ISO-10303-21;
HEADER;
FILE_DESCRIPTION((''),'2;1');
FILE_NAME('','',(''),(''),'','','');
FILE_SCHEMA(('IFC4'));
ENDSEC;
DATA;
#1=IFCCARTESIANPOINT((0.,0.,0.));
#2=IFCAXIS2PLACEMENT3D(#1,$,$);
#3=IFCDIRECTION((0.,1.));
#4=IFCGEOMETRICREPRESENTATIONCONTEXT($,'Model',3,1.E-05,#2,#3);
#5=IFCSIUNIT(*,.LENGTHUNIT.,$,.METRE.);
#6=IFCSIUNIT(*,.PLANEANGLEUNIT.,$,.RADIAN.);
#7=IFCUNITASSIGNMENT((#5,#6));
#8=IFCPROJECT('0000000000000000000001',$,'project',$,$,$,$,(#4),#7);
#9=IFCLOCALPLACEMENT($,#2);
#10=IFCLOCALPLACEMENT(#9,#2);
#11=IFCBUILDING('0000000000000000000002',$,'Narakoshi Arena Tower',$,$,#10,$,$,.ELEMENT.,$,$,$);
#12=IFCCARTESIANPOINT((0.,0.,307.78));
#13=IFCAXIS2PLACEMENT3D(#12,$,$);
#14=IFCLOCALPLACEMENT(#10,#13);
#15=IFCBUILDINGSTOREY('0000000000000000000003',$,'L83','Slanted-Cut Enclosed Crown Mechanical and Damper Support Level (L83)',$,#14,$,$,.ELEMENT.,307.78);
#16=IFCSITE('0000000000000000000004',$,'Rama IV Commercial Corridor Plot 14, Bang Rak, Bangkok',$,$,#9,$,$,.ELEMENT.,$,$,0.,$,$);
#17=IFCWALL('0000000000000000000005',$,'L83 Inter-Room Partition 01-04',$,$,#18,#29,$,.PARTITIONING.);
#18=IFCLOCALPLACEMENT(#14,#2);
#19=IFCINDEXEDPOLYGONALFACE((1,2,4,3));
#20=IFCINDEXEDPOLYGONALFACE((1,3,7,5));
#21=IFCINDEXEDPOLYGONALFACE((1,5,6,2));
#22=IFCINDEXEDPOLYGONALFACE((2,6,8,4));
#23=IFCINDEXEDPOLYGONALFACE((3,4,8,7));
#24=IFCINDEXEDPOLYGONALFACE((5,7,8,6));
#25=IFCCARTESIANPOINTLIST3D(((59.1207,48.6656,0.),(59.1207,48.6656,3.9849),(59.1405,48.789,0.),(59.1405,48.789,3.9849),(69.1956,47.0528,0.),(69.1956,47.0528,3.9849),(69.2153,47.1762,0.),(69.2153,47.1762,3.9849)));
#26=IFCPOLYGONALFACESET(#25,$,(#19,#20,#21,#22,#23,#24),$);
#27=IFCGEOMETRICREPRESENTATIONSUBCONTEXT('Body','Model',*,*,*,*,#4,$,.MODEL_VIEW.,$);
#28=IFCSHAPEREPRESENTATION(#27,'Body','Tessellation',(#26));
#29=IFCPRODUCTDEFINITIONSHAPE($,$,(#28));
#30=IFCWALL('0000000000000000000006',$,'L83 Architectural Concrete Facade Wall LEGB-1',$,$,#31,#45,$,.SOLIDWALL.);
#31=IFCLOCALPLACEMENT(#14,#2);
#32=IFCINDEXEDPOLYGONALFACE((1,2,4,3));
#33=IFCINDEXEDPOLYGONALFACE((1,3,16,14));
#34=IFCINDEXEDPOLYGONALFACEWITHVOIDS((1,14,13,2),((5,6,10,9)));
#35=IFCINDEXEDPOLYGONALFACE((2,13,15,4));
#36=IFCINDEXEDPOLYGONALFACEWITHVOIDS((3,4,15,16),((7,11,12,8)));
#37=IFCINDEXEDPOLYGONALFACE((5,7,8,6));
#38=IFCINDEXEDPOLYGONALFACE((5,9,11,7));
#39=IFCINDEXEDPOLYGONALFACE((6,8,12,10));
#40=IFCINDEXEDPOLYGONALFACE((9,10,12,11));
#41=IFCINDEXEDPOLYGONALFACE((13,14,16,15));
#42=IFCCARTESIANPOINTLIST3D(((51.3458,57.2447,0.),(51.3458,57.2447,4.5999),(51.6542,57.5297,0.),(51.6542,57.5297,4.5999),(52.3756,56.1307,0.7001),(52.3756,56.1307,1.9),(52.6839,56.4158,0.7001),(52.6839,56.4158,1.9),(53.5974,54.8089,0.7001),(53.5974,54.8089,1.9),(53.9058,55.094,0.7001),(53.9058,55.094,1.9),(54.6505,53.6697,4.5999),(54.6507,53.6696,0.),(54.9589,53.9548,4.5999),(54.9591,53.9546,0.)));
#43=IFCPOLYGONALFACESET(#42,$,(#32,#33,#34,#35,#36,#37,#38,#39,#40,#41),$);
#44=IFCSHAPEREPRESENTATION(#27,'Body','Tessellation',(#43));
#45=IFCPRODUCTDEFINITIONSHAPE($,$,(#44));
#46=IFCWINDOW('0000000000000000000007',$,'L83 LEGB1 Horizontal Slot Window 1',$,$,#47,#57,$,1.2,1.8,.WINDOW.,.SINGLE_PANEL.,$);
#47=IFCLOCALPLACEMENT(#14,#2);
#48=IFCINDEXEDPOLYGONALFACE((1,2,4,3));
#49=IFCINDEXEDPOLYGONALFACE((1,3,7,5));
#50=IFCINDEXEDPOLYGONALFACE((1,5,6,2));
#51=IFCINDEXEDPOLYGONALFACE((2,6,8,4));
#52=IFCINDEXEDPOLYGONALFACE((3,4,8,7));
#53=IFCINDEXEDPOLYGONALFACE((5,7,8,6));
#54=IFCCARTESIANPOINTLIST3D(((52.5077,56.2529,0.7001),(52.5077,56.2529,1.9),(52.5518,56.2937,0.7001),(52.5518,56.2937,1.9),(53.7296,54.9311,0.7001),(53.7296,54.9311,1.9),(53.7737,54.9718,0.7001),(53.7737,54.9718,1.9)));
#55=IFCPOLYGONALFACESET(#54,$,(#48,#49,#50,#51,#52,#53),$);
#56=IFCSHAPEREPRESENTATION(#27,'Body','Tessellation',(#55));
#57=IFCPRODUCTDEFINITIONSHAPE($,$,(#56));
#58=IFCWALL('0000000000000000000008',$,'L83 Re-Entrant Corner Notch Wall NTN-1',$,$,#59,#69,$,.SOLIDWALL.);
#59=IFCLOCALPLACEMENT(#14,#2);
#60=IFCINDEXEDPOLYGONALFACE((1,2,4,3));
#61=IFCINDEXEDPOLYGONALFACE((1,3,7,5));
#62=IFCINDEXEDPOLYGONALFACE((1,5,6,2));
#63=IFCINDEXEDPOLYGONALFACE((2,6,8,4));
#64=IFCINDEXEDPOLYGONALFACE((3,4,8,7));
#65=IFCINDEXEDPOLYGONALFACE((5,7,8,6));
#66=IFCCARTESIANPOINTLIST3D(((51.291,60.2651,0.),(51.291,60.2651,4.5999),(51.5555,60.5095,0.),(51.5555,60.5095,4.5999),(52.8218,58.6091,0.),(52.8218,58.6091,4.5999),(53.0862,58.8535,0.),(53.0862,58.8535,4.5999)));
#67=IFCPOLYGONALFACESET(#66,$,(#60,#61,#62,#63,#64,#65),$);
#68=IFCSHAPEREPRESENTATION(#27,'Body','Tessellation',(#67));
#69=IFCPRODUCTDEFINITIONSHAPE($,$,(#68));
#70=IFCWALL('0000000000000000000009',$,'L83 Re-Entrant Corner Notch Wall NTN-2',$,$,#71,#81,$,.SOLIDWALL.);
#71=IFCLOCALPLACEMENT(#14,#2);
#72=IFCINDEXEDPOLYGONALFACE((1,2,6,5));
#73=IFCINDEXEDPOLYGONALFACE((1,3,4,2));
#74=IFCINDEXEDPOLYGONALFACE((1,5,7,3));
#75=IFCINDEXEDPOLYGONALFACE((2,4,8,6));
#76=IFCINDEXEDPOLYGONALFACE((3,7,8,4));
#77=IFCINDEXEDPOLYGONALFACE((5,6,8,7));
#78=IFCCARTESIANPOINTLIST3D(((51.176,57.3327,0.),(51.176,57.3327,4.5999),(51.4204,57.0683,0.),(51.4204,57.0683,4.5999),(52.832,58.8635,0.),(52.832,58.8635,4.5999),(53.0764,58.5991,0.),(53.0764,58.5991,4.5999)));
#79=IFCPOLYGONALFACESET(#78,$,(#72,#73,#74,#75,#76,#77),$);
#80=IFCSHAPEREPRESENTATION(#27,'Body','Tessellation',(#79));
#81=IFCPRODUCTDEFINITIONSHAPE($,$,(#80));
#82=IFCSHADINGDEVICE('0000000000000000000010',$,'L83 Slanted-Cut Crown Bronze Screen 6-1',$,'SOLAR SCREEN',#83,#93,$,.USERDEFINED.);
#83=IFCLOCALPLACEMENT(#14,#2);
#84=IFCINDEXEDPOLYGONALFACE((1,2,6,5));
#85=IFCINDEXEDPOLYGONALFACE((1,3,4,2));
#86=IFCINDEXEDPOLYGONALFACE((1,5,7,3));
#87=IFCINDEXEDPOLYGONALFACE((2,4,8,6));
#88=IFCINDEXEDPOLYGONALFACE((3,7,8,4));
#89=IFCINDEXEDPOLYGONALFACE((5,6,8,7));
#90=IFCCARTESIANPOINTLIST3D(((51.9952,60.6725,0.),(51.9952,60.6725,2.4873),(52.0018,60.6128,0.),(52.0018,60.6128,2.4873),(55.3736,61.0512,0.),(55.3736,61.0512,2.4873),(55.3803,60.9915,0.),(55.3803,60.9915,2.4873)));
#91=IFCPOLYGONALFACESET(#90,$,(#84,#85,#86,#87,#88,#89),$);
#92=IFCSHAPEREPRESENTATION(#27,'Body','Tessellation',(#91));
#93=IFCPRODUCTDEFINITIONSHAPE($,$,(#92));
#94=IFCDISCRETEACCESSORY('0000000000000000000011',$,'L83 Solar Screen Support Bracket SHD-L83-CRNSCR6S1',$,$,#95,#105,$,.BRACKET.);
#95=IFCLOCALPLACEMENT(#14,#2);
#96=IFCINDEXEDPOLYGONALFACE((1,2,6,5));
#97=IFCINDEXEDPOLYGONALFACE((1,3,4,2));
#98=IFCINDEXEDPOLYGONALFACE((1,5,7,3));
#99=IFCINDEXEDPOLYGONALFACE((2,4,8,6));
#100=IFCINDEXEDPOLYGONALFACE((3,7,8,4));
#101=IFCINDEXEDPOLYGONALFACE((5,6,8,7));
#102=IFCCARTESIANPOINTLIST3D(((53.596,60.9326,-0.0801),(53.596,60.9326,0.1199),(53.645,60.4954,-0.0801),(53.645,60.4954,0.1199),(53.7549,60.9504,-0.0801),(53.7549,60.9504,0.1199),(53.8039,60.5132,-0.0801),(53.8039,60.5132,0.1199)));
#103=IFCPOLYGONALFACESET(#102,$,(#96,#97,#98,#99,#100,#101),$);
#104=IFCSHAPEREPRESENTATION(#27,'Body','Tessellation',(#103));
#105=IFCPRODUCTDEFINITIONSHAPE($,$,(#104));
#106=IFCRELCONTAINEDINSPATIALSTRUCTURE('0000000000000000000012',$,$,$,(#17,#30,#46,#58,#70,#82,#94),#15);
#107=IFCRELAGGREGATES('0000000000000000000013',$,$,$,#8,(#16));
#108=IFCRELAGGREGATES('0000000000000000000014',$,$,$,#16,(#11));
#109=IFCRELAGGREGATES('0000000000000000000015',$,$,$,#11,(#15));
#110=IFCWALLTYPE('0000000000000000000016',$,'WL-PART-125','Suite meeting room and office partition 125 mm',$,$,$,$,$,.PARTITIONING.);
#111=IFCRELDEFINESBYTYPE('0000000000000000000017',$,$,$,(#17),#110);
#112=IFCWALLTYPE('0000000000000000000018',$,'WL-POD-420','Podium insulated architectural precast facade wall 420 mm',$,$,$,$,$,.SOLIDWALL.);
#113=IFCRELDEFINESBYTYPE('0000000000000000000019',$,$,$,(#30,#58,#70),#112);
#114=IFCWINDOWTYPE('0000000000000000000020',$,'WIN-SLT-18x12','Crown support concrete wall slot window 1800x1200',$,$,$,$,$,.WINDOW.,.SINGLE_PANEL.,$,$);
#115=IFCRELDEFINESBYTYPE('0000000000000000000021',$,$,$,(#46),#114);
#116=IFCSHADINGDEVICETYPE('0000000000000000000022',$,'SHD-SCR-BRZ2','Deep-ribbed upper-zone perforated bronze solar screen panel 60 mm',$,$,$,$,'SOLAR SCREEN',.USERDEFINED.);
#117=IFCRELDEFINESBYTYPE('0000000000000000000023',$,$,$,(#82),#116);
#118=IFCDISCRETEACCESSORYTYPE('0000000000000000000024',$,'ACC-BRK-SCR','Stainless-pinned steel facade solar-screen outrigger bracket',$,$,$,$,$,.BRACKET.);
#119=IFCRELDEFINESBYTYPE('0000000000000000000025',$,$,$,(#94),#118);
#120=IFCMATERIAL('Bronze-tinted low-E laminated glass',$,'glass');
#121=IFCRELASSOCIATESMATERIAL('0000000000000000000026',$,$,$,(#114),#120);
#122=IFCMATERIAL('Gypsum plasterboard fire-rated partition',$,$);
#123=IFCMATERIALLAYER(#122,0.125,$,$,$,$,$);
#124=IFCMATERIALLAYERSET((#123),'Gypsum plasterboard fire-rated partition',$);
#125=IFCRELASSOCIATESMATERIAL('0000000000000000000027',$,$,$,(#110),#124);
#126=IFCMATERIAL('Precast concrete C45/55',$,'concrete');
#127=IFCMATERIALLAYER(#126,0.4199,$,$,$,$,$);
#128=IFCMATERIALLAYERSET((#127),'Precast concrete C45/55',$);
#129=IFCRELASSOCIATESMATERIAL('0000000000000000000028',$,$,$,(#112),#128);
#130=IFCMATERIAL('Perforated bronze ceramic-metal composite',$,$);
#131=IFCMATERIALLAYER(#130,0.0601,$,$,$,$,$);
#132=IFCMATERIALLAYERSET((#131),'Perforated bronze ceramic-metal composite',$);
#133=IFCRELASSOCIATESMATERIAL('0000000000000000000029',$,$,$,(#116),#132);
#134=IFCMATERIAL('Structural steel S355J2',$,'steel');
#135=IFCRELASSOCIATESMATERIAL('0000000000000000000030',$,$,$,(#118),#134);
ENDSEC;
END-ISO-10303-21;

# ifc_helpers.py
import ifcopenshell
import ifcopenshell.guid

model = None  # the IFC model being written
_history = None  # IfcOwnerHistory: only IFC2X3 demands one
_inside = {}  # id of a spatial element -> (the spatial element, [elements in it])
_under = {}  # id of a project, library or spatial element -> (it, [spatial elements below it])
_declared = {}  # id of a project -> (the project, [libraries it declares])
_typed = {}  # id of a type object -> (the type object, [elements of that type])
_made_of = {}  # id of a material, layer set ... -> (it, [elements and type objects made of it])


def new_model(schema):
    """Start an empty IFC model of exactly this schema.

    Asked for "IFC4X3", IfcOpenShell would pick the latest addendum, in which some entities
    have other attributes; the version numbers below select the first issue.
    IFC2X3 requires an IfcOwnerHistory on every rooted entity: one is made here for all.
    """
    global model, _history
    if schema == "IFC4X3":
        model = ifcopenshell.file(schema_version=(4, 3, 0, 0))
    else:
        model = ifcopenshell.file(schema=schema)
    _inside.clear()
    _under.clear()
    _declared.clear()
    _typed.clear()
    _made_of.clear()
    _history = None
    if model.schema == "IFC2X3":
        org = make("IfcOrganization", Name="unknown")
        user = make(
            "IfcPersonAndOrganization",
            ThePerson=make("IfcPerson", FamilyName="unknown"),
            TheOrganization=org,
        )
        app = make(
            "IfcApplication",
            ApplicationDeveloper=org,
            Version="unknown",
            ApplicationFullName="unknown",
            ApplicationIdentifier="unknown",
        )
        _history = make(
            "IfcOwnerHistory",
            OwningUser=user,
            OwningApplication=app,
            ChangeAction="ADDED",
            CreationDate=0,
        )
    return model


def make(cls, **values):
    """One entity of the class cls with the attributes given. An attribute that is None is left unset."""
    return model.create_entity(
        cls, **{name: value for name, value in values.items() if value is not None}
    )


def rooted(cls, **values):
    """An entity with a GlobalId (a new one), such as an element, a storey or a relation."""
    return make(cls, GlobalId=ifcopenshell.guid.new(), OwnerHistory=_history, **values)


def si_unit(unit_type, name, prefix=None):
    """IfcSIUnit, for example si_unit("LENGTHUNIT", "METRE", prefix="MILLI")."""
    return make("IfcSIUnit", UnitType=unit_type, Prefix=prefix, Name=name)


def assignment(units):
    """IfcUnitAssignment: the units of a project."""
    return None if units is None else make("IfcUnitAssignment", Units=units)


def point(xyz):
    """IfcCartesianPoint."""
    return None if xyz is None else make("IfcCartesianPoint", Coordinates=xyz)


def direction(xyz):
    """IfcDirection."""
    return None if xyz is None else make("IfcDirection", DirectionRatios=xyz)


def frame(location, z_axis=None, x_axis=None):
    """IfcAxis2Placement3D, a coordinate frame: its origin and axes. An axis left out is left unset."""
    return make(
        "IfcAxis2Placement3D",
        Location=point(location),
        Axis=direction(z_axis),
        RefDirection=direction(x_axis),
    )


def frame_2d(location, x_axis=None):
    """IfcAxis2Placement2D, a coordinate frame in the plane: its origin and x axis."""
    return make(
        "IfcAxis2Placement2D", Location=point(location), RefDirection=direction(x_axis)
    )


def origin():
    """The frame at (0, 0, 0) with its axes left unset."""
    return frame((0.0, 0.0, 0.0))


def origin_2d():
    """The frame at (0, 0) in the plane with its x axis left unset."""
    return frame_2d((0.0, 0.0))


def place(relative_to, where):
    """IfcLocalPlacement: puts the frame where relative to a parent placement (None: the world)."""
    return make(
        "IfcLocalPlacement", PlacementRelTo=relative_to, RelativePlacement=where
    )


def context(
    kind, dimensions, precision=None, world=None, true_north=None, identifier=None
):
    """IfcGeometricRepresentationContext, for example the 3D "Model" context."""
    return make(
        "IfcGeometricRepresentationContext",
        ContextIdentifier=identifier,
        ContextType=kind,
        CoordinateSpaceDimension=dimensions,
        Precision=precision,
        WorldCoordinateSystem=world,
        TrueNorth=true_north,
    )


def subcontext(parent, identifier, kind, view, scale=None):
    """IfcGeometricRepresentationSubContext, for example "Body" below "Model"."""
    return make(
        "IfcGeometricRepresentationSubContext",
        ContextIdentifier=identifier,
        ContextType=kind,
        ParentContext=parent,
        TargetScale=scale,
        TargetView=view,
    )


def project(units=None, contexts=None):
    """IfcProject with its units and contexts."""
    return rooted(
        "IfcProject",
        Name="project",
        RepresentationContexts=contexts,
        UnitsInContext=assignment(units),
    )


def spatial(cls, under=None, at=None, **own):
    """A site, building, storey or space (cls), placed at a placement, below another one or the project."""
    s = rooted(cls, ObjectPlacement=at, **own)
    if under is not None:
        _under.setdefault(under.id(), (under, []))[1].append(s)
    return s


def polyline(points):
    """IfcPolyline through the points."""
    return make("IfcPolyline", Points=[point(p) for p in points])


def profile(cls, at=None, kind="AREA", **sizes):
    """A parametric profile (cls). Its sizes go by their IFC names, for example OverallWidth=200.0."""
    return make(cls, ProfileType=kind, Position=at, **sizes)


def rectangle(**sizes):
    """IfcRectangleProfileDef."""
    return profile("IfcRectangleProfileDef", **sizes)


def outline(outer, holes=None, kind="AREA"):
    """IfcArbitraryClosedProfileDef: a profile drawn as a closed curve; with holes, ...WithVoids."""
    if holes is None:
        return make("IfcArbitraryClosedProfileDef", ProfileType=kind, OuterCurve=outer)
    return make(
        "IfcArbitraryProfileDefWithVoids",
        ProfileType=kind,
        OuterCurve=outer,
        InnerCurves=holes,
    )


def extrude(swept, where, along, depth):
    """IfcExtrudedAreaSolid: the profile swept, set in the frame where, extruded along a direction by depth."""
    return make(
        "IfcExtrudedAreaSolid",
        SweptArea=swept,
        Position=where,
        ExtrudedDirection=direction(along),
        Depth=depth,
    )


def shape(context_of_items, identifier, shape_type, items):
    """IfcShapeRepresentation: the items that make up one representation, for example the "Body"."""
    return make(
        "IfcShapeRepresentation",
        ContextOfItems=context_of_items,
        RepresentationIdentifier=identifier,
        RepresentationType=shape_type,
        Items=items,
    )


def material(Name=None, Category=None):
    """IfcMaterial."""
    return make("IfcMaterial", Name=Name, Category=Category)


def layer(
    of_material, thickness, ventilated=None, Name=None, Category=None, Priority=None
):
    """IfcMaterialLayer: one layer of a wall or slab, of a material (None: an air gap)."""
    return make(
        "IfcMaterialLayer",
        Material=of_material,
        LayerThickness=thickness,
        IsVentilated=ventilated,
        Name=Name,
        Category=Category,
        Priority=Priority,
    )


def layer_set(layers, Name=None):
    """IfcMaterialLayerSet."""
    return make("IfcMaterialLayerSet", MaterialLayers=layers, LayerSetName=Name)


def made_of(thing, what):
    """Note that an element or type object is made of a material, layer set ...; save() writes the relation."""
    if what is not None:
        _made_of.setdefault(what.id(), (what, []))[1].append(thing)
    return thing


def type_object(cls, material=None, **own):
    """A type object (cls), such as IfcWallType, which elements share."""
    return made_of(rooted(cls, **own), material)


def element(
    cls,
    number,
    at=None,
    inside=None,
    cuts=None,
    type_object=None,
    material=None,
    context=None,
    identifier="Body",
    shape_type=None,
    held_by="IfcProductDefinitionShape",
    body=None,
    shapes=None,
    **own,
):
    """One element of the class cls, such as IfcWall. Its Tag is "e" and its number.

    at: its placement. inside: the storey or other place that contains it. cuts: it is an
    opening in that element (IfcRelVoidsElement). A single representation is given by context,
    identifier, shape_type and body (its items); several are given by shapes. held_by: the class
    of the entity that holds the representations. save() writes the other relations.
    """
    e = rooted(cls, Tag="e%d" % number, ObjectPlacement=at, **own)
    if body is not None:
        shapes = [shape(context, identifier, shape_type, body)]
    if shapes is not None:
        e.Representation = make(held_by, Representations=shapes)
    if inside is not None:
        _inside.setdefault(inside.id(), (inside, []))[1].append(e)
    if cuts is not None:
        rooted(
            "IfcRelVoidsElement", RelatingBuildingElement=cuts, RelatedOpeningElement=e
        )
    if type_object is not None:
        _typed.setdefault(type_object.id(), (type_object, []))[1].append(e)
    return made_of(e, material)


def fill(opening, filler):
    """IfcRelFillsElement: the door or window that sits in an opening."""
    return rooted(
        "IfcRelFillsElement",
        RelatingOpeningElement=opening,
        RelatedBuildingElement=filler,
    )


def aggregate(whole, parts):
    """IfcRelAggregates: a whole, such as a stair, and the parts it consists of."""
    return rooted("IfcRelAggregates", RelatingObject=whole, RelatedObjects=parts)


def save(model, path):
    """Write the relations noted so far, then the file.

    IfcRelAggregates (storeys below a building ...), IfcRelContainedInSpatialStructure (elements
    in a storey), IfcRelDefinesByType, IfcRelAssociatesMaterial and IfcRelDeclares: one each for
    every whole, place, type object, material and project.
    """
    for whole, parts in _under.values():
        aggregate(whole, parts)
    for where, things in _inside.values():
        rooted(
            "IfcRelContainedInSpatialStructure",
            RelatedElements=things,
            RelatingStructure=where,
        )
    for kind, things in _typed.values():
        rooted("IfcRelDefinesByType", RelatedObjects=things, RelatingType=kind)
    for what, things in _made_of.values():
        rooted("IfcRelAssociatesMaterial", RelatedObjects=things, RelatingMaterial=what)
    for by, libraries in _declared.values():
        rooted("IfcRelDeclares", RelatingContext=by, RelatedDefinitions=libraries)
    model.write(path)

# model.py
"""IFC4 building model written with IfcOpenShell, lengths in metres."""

from ifc_helpers import new_model, si_unit, direction, frame, frame_2d, origin, origin_2d, place, context, subcontext, project, spatial, polyline, rectangle, outline, extrude, material, layer, layer_set, type_object, element, fill, save


model = new_model("IFC4")

# Units and contexts
model_context = context("Model", 3, precision=1e-05, world=origin(), true_north=direction((0.0, 1.0)))
body_context = subcontext(model_context, "Body", "Model", "MODEL_VIEW")
ifc_project = project(units=[si_unit("LENGTHUNIT", "METRE"), si_unit("PLANEANGLEUNIT", "RADIAN")], contexts=[model_context])

# Site, building, storey
site_placement = place(None, origin())
site = spatial("IfcSite", under=ifc_project, at=site_placement, Name="Rama IV Commercial Corridor Plot 14, Bang Rak, Bangkok", CompositionType="ELEMENT", RefElevation=0.0)
building_placement = place(site_placement, origin())
building = spatial("IfcBuilding", under=site, at=building_placement, Name="Narakoshi Arena Tower", CompositionType="ELEMENT")
storey_placement = place(building_placement, frame((0.0, 0.0, 307.78)))
storey = spatial("IfcBuildingStorey", under=building, at=storey_placement, Name="L83", Description="Slanted-Cut Enclosed Crown Mechanical and Damper Support Level (L83)", CompositionType="ELEMENT", Elevation=307.78)

# Shared definitions
ifc_material_1 = material(Name="Structural steel S355J2", Category="steel")

# Shared definitions
ifc_material_2 = material(Name="Bronze-tinted low-E laminated glass", Category="glass")

# Shared definitions
window_type = type_object("IfcWindowType", Name="WIN-SLT-18x12", Description="Crown support concrete wall slot window 1800x1200", PartitioningType="SINGLE_PANEL", PredefinedType="WINDOW", material=ifc_material_2)

# Wall
ifc_material_3 = material(Name="Precast concrete C45/55", Category="concrete")
ifc_material_4 = material(Name="Gypsum plasterboard fire-rated partition")
ifc_layer_1 = layer(ifc_material_4, 0.125)
ifc_layer_set_1 = layer_set([ifc_layer_1], Name="Gypsum plasterboard fire-rated partition")
wall_type_1 = type_object("IfcWallType", Name="WL-PART-125", Description="Suite meeting room and office partition 125 mm", PredefinedType="PARTITIONING", material=ifc_layer_set_1)
wall_1_placement = place(storey_placement, frame((59.1306, 48.7273, 0.0), z_axis=(0.0, 0.0, 1.0), x_axis=(0.987428, -0.158067, 0.0)))
element("IfcWall", 1, at=wall_1_placement, inside=storey, type_object=wall_type_1, Name="L83 Inter-Room Partition 01-04", PredefinedType="PARTITIONING", context=body_context, shape_type="SweptSolid", body=[
    extrude(rectangle(XDim=10.2031, YDim=0.125, at=frame_2d((5.1016, 0.0))), origin(), (0.0, 0.0, 1.0), 3.9849),
])

# Wall, opening, window
ifc_layer_2 = layer(ifc_material_3, 0.4199)
ifc_layer_set_2 = layer_set([ifc_layer_2], Name="Precast concrete C45/55")
wall_type_2 = type_object("IfcWallType", Name="WL-POD-420", Description="Podium insulated architectural precast facade wall 420 mm", PredefinedType="SOLIDWALL", material=ifc_layer_set_2)
wall_2_placement = place(storey_placement, frame((51.5, 57.3872, 0.0), z_axis=(0.0, 0.0, 1.0), x_axis=(0.678807, -0.734317, 0.0)))
wall_2 = element("IfcWall", 2, at=wall_2_placement, inside=storey, type_object=wall_type_2, Name="L83 Architectural Concrete Facade Wall LEGB-1", PredefinedType="SOLIDWALL", context=body_context, shape_type="SweptSolid", body=[
    extrude(outline(polyline([(0.0, 0.0), (4.8687, 0.0), (4.8684, 4.5999), (0.0, 4.5999), (0.0, 0.0)])), frame((0.0, 0.21, 0.0), z_axis=(0.0, -1.0, 0.0), x_axis=(1.0, 0.0, 0.0)), (0.0, 0.0, 1.0), 0.4199),
])
opening_1_placement = place(wall_2_placement, frame((1.5171, 0.0, 0.7)))
opening_1 = element("IfcOpeningElement", 3, at=opening_1_placement, cuts=wall_2, PredefinedType="OPENING", context=body_context, shape_type="SweptSolid", body=[
    extrude(rectangle(XDim=1.8, YDim=1.2, at=frame_2d((0.8999, 0.6001))), frame((0.0, 0.22, 0.0), z_axis=(0.0, -1.0, 0.0), x_axis=(1.0, 0.0, 0.0)), (0.0, 0.0, 1.0), 0.4399),
])
window_1_placement = place(opening_1_placement, origin())
window_1 = element("IfcWindow", 4, at=window_1_placement, inside=storey, type_object=window_type, Name="L83 LEGB1 Horizontal Slot Window 1", OverallHeight=1.2, OverallWidth=1.8, PartitioningType="SINGLE_PANEL", PredefinedType="WINDOW", context=body_context, shape_type="SweptSolid", body=[
    extrude(rectangle(XDim=1.8, YDim=1.2, at=frame_2d((0.8999, 0.6001))), frame((0.0, 0.03, 0.0), z_axis=(0.0, -1.0, 0.0), x_axis=(1.0, 0.0, 0.0)), (0.0, 0.0, 1.0), 0.0601),
])
fill(opening_1, window_1)

# Walls
for number, where, z_axis, x_axis, name in (
    (5, (51.4233, 60.3872, 0.0), (0.0, 0.0, 1.0), (0.678793, -0.73433, 0.0), "L83 Re-Entrant Corner Notch Wall NTN-1"),
    (6, (52.9541, 58.7312, 0.0), (0.0, 0.0, 1.0), (-0.73433, -0.678793, 0.0), "L83 Re-Entrant Corner Notch Wall NTN-2"),
):
    element("IfcWall", number, at=place(storey_placement, frame(where, z_axis=z_axis, x_axis=x_axis)), inside=storey, type_object=wall_type_2, Name=name, PredefinedType="SOLIDWALL", context=body_context, shape_type="SweptSolid", body=[
        extrude(rectangle(XDim=2.2551, YDim=0.3601, at=frame_2d((1.1274, 0.0))), origin(), (0.0, 0.0, 1.0), 4.5999),
    ])

# Shading device
ifc_material_5 = material(Name="Perforated bronze ceramic-metal composite")
ifc_layer_3 = layer(ifc_material_5, 0.0601)
ifc_layer_set_3 = layer_set([ifc_layer_3], Name="Perforated bronze ceramic-metal composite")
shading_device_type = type_object("IfcShadingDeviceType", Name="SHD-SCR-BRZ2", Description="Deep-ribbed upper-zone perforated bronze solar screen panel 60 mm", ElementType="SOLAR SCREEN", PredefinedType="USERDEFINED", material=ifc_layer_set_3)
shading_device_placement = place(storey_placement, frame((53.6877, 60.832, 0.0), z_axis=(0.0, 0.0, 1.0), x_axis=(0.993776, 0.1114, 0.0)))
element("IfcShadingDevice", 7, at=shading_device_placement, inside=storey, type_object=shading_device_type, Name="L83 Slanted-Cut Crown Bronze Screen 6-1", ObjectType="SOLAR SCREEN", PredefinedType="USERDEFINED", context=body_context, shape_type="SweptSolid", body=[
    extrude(rectangle(XDim=3.3997, YDim=0.0601, at=origin_2d()), origin(), (0.0, 0.0, 1.0), 2.4873),
])

# Discrete accessory
discrete_accessory_type = type_object("IfcDiscreteAccessoryType", Name="ACC-BRK-SCR", Description="Stainless-pinned steel facade solar-screen outrigger bracket", PredefinedType="BRACKET", material=ifc_material_1)
discrete_accessory_placement = place(storey_placement, frame((53.7, 60.7229, -0.0801), z_axis=(0.0, 0.0, 1.0), x_axis=(0.993776, 0.1114, 0.0)))
element("IfcDiscreteAccessory", 8, at=discrete_accessory_placement, inside=storey, type_object=discrete_accessory_type, Name="L83 Solar Screen Support Bracket SHD-L83-CRNSCR6S1", PredefinedType="BRACKET", context=body_context, shape_type="SweptSolid", body=[
    extrude(rectangle(XDim=0.1599, YDim=0.4399, at=origin_2d()), origin(), (0.0, 0.0, 1.0), 0.2),
])

save(model, "model.ifc")
